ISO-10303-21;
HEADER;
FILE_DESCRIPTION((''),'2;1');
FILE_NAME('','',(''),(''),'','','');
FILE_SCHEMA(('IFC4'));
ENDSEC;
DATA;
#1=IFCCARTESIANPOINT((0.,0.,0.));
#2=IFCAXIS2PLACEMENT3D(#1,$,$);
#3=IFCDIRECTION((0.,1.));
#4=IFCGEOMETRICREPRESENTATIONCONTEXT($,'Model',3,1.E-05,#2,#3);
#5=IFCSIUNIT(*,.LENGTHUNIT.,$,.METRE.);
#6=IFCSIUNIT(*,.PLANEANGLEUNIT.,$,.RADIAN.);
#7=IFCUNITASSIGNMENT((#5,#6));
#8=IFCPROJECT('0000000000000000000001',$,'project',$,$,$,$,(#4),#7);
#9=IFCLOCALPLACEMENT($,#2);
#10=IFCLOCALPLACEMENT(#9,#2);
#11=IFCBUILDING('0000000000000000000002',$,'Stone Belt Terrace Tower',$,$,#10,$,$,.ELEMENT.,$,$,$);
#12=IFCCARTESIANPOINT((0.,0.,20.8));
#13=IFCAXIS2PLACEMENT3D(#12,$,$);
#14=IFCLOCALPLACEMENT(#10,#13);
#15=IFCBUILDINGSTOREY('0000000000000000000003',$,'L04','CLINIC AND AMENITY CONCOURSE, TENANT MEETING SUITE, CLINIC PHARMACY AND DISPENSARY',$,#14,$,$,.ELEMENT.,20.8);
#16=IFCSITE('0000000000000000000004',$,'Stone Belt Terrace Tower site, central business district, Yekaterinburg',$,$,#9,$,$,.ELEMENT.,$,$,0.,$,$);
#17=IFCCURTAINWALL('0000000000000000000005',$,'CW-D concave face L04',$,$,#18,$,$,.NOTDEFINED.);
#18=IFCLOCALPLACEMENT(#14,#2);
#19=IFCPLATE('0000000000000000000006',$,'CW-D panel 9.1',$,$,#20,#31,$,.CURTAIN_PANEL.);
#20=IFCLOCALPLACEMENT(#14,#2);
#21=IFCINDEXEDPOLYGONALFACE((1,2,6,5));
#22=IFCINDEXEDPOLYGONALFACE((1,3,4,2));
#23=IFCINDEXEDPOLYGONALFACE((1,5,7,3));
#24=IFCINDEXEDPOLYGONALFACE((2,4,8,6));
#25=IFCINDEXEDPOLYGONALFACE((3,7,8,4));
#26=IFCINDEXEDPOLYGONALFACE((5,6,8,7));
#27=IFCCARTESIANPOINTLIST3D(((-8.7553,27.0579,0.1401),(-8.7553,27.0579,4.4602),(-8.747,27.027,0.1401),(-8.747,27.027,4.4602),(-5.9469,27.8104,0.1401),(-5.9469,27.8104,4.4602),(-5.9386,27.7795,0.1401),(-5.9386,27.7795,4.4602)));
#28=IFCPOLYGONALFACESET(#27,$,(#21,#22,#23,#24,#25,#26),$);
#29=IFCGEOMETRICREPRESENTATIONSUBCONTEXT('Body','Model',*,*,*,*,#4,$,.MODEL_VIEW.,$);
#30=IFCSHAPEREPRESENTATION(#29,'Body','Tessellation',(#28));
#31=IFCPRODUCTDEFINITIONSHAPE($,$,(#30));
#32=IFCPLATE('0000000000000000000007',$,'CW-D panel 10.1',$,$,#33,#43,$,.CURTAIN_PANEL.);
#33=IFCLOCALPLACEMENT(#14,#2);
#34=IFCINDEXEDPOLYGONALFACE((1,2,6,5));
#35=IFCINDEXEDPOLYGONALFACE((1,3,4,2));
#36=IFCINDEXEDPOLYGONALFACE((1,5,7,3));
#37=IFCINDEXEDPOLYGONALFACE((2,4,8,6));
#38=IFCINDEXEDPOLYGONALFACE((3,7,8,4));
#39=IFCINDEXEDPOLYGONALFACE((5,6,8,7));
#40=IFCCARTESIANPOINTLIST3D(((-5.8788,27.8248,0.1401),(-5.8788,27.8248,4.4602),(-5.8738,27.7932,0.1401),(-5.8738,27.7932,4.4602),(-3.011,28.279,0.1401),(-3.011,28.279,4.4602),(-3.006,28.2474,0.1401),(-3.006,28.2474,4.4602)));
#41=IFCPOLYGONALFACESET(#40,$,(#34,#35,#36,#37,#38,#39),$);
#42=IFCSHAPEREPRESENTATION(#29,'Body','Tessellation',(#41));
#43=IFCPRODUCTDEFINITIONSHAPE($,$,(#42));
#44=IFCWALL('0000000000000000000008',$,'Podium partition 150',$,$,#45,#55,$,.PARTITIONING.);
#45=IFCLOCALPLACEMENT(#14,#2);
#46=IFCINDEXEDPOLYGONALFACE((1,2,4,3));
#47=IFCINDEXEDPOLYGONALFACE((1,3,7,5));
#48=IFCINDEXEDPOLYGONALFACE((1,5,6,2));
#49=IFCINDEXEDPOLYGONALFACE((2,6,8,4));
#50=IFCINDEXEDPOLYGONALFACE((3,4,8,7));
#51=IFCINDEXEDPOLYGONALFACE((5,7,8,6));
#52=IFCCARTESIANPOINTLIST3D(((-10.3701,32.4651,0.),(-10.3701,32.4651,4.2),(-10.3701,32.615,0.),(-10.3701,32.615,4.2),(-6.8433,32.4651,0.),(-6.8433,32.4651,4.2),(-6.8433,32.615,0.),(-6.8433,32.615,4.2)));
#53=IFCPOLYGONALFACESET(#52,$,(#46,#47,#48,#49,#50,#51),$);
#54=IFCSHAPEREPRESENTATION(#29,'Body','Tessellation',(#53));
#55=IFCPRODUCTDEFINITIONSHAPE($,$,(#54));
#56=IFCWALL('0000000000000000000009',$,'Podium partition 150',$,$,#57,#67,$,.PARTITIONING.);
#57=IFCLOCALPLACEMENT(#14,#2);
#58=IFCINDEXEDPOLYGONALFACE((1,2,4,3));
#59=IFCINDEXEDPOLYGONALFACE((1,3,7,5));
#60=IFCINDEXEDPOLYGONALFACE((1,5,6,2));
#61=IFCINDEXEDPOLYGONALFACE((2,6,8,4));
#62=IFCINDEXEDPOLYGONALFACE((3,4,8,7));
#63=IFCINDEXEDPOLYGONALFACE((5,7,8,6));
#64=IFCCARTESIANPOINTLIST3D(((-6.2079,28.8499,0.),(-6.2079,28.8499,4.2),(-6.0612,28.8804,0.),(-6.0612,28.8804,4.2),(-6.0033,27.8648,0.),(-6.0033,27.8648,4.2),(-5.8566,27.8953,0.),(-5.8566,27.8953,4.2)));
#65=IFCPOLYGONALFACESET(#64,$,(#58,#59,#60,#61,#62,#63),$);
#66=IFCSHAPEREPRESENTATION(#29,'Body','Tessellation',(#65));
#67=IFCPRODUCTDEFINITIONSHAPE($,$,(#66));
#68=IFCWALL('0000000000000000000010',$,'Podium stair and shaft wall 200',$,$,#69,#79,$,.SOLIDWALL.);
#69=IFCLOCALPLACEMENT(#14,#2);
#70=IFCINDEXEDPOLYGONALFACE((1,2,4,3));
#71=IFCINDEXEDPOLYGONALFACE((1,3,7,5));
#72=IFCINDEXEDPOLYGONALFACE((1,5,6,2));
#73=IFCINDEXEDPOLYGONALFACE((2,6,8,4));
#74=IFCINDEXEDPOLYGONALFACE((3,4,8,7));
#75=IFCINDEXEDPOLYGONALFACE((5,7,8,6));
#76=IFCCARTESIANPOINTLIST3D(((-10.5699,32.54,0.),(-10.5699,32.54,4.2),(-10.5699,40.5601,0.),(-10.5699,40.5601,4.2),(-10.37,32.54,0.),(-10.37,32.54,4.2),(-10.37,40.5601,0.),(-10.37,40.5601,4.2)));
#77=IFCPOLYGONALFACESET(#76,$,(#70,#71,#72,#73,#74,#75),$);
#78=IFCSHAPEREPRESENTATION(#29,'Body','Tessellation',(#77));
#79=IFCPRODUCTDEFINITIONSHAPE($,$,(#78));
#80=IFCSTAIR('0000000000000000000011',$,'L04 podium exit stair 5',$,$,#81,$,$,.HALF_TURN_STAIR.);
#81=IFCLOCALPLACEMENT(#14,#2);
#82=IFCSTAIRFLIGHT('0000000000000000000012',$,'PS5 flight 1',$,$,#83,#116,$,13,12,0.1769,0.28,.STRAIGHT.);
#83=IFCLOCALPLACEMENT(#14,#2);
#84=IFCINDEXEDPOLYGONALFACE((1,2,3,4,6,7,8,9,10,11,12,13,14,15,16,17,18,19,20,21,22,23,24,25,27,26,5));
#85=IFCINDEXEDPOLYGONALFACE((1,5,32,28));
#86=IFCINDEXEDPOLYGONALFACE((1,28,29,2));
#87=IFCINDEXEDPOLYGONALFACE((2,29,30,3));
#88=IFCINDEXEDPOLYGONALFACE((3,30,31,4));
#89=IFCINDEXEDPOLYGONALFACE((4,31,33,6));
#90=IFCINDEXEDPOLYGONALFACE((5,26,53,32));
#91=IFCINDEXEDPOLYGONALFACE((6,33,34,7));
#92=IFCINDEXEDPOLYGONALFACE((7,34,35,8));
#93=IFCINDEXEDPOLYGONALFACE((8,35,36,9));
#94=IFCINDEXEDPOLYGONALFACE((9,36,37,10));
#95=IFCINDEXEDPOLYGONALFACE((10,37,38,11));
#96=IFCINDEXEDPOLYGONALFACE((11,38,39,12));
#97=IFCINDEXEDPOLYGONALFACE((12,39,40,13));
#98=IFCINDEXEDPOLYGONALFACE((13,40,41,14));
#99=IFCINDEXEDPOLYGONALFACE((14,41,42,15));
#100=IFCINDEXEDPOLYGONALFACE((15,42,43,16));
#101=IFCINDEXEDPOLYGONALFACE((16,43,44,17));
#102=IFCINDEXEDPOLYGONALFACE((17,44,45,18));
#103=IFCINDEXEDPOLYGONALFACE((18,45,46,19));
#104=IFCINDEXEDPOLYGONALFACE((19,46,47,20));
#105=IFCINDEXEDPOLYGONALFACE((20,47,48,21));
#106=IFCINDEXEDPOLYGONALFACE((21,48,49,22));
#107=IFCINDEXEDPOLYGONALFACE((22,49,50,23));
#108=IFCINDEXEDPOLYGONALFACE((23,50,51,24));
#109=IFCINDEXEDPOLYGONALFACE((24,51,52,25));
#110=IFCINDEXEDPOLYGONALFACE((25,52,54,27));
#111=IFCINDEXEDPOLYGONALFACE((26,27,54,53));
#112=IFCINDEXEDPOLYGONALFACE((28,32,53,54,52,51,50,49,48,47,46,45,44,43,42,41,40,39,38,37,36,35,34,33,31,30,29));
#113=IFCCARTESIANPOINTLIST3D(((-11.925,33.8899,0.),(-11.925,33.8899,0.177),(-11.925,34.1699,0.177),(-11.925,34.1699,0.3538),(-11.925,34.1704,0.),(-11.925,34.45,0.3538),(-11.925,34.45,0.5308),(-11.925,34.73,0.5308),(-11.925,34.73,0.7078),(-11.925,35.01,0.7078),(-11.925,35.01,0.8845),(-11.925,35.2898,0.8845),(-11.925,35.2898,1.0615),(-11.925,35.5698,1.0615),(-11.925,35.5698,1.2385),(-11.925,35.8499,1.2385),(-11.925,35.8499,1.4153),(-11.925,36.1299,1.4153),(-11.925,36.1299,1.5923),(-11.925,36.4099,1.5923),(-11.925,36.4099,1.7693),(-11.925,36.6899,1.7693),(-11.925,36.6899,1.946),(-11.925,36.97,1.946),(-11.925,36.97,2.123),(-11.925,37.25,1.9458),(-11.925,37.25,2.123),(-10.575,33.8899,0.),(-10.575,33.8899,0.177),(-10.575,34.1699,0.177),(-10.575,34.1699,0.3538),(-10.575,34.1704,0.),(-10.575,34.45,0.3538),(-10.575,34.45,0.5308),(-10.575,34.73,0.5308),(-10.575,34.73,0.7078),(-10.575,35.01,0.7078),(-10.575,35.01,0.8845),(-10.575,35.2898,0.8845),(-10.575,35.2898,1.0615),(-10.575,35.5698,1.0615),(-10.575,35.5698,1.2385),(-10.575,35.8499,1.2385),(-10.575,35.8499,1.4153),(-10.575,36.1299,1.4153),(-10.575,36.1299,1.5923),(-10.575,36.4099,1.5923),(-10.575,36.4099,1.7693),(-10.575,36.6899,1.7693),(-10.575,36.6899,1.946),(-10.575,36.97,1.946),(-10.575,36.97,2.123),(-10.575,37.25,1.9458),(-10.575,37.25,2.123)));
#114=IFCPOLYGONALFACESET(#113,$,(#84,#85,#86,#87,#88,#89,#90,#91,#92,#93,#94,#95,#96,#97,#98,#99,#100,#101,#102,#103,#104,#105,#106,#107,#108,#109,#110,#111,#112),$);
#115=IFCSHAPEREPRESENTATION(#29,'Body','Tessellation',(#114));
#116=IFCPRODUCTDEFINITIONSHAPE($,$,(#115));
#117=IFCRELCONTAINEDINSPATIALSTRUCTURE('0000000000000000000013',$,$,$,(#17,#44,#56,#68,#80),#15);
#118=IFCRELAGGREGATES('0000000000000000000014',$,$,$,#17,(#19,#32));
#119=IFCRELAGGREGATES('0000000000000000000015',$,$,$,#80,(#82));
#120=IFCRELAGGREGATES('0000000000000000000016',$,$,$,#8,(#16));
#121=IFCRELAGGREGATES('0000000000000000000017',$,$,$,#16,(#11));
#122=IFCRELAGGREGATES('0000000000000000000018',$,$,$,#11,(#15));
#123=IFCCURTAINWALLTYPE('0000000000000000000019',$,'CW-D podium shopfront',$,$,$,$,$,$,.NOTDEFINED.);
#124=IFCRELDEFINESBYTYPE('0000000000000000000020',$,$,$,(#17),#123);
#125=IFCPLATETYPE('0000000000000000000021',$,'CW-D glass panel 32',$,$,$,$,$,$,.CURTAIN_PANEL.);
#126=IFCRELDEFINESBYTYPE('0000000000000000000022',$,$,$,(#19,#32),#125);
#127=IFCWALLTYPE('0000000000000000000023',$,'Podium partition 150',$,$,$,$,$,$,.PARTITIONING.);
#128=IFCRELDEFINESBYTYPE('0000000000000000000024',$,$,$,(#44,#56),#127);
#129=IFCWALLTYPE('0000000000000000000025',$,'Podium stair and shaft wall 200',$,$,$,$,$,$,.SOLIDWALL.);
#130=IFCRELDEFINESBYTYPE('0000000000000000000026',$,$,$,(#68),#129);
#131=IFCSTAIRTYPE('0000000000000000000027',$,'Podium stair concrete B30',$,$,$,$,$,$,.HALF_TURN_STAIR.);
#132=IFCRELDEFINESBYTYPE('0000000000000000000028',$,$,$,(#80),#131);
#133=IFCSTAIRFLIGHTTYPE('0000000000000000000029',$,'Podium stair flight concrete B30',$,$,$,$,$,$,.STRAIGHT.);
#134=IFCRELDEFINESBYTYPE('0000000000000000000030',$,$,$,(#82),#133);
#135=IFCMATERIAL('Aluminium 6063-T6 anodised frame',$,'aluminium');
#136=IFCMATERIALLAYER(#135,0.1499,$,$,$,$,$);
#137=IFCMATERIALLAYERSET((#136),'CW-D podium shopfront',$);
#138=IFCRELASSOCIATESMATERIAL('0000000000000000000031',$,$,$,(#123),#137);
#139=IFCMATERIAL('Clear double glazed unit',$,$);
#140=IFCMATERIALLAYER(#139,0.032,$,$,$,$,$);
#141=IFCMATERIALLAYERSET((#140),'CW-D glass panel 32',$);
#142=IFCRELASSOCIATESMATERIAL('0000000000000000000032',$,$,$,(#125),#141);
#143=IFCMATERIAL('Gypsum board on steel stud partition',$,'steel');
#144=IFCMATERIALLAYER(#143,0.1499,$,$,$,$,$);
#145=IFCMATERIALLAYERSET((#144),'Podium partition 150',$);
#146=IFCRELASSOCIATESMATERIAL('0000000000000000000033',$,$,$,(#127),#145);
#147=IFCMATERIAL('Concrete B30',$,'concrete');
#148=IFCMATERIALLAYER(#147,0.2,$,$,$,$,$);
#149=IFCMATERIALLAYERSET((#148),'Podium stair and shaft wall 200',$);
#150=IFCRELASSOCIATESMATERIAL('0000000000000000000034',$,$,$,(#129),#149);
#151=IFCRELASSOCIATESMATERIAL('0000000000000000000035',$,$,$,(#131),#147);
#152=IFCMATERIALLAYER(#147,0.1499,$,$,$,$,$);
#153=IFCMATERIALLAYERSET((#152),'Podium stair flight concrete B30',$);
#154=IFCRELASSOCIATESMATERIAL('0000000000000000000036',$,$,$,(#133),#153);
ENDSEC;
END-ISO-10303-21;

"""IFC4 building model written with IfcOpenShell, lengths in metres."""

from ifc_helpers import new_model, si_unit, direction, frame, frame_2d, origin, origin_2d, place, context, subcontext, project, spatial, polyline, rectangle, outline, extrude, material, layer, layer_set, type_object, element, aggregate, save


model = new_model("IFC4")

# Units and contexts
model_context = context("Model", 3, precision=1e-05, world=origin(), true_north=direction((0.0, 1.0)))
body_context = subcontext(model_context, "Body", "Model", "MODEL_VIEW")
ifc_project = project(units=[si_unit("LENGTHUNIT", "METRE"), si_unit("PLANEANGLEUNIT", "RADIAN")], contexts=[model_context])

# Site, building, storey
site_placement = place(None, origin())
site = spatial("IfcSite", under=ifc_project, at=site_placement, Name="Stone Belt Terrace Tower site, central business district, Yekaterinburg", CompositionType="ELEMENT", RefElevation=0.0)
building_placement = place(site_placement, origin())
building = spatial("IfcBuilding", under=site, at=building_placement, Name="Stone Belt Terrace Tower", CompositionType="ELEMENT")
storey_placement = place(building_placement, frame((0.0, 0.0, 20.8)))
storey = spatial("IfcBuildingStorey", under=building, at=storey_placement, Name="L04", Description="CLINIC AND AMENITY CONCOURSE, TENANT MEETING SUITE, CLINIC PHARMACY AND DISPENSARY", CompositionType="ELEMENT", Elevation=20.8)

# Curtain wall, plates
ifc_material_1 = material(Name="Aluminium 6063-T6 anodised frame", Category="aluminium")
ifc_layer_1 = layer(ifc_material_1, 0.1499)
ifc_layer_set_1 = layer_set([ifc_layer_1], Name="CW-D podium shopfront")
curtain_wall_type = type_object("IfcCurtainWallType", Name="CW-D podium shopfront", PredefinedType="NOTDEFINED", material=ifc_layer_set_1)
curtain_wall_placement = place(storey_placement, origin())
curtain_wall = element("IfcCurtainWall", 1, at=curtain_wall_placement, inside=storey, type_object=curtain_wall_type, Name="CW-D concave face L04", PredefinedType="NOTDEFINED")
ifc_material_2 = material(Name="Clear double glazed unit")
ifc_layer_2 = layer(ifc_material_2, 0.032)
ifc_layer_set_2 = layer_set([ifc_layer_2], Name="CW-D glass panel 32")
plate_type = type_object("IfcPlateType", Name="CW-D glass panel 32", PredefinedType="CURTAIN_PANEL", material=ifc_layer_set_2)
plate_1_placement = place(storey_placement, frame((-7.3469, 27.4187, 0.1401), z_axis=(0.0, 0.0, 1.0), x_axis=(0.965926, 0.258819, 0.0)))
plate_1 = element("IfcPlate", 2, at=plate_1_placement, type_object=plate_type, Name="CW-D panel 9.1", PredefinedType="CURTAIN_PANEL", context=body_context, shape_type="SweptSolid", body=[
    extrude(rectangle(XDim=2.9075, YDim=0.032, at=origin_2d()), origin(), (0.0, 0.0, 1.0), 4.3201),
])
plate_2_placement = place(storey_placement, frame((-4.4424, 28.0361, 0.1401), z_axis=(0.0, 0.0, 1.0), x_axis=(0.987688, 0.156434, 0.0)))
plate_2 = element("IfcPlate", 3, at=plate_2_placement, type_object=plate_type, Name="CW-D panel 10.1", PredefinedType="CURTAIN_PANEL", context=body_context, shape_type="SweptSolid", body=[
    extrude(rectangle(XDim=2.9036, YDim=0.032, at=origin_2d()), origin(), (0.0, 0.0, 1.0), 4.3201),
])
aggregate(curtain_wall, [plate_1, plate_2])

# Walls
ifc_material_3 = material(Name="Gypsum board on steel stud partition", Category="steel")
ifc_layer_3 = layer(ifc_material_3, 0.1499)
ifc_layer_set_3 = layer_set([ifc_layer_3], Name="Podium partition 150")
wall_type_1 = type_object("IfcWallType", Name="Podium partition 150", PredefinedType="PARTITIONING", material=ifc_layer_set_3)
wall_1_placement = place(storey_placement, frame((-10.3701, 32.54, 0.0), z_axis=(0.0, 0.0, 1.0), x_axis=(1.0, 0.0, 0.0)))
element("IfcWall", 4, at=wall_1_placement, inside=storey, type_object=wall_type_1, Name="Podium partition 150", PredefinedType="PARTITIONING", context=body_context, shape_type="SweptSolid", body=[
    extrude(rectangle(XDim=3.5269, YDim=0.1499, at=frame_2d((1.7634, 0.0))), origin(), (0.0, 0.0, 1.0), 4.2),
])
wall_2_placement = place(storey_placement, frame((-6.1345, 28.865, 0.0), z_axis=(0.0, 0.0, 1.0), x_axis=(0.203344, -0.979107, 0.0)))
element("IfcWall", 5, at=wall_2_placement, inside=storey, type_object=wall_type_1, Name="Podium partition 150", PredefinedType="PARTITIONING", context=body_context, shape_type="SweptSolid", body=[
    extrude(rectangle(XDim=1.0061, YDim=0.1499, at=frame_2d((0.5029, 0.0))), origin(), (0.0, 0.0, 1.0), 4.2),
])
ifc_material_4 = material(Name="Concrete B30", Category="concrete")
ifc_layer_4 = layer(ifc_material_4, 0.2)
ifc_layer_set_4 = layer_set([ifc_layer_4], Name="Podium stair and shaft wall 200")
wall_type_2 = type_object("IfcWallType", Name="Podium stair and shaft wall 200", PredefinedType="SOLIDWALL", material=ifc_layer_set_4)
wall_3_placement = place(storey_placement, frame((-10.47, 32.54, 0.0), z_axis=(0.0, 0.0, 1.0), x_axis=(0.0, 1.0, 0.0)))
element("IfcWall", 6, at=wall_3_placement, inside=storey, type_object=wall_type_2, Name="Podium stair and shaft wall 200", PredefinedType="SOLIDWALL", context=body_context, shape_type="SweptSolid", body=[
    extrude(rectangle(XDim=8.02, YDim=0.2, at=frame_2d((4.01, 0.0))), origin(), (0.0, 0.0, 1.0), 4.2),
])

# Stair, stair flight
stair_type = type_object("IfcStairType", Name="Podium stair concrete B30", PredefinedType="HALF_TURN_STAIR", material=ifc_material_4)
stair_placement = place(storey_placement, origin())
stair = element("IfcStair", 7, at=stair_placement, inside=storey, type_object=stair_type, Name="L04 podium exit stair 5", PredefinedType="HALF_TURN_STAIR")
ifc_layer_5 = layer(ifc_material_4, 0.1499)
ifc_layer_set_5 = layer_set([ifc_layer_5], Name="Podium stair flight concrete B30")
stair_flight_type = type_object("IfcStairFlightType", Name="Podium stair flight concrete B30", PredefinedType="STRAIGHT", material=ifc_layer_set_5)
stair_flight_placement = place(storey_placement, frame((-11.25, 33.8899, 0.0), z_axis=(0.0, 0.0, 1.0), x_axis=(0.0, 1.0, 0.0)))
stair_flight = element("IfcStairFlight", 8, at=stair_flight_placement, type_object=stair_flight_type, Name="PS5 flight 1", NumberOfRisers=13, NumberOfTreads=12, PredefinedType="STRAIGHT", RiserHeight=0.1769, TreadLength=0.28, context=body_context, shape_type="SweptSolid", body=[
    extrude(outline(polyline([(0.0, 0.0), (0.0, 0.177), (0.28, 0.177), (0.28, 0.3538), (0.5601, 0.3538), (0.5601, 0.5308), (0.8401, 0.5308), (0.8401, 0.7078), (1.1201, 0.7078), (1.1201, 0.8845), (1.3999, 0.8845), (1.3999, 1.0615), (1.6799, 1.0615), (1.6799, 1.2385), (1.96, 1.2385), (1.96, 1.4153), (2.24, 1.4153), (2.24, 1.5923), (2.52, 1.5923), (2.52, 1.7693), (2.8, 1.7693), (2.8, 1.946), (3.0801, 1.946), (3.0801, 2.123), (3.3601, 2.123), (3.3601, 2.3), (3.3601, 1.9458), (0.2805, 0.0), (0.0, 0.0)])), frame((0.0, 0.675, 0.0), z_axis=(0.0, -1.0, 0.0), x_axis=(1.0, 0.0, 0.0)), (0.0, 0.0, 1.0), 1.3501),
])
aggregate(stair, [stair_flight])

save(model, "model.ifc")
